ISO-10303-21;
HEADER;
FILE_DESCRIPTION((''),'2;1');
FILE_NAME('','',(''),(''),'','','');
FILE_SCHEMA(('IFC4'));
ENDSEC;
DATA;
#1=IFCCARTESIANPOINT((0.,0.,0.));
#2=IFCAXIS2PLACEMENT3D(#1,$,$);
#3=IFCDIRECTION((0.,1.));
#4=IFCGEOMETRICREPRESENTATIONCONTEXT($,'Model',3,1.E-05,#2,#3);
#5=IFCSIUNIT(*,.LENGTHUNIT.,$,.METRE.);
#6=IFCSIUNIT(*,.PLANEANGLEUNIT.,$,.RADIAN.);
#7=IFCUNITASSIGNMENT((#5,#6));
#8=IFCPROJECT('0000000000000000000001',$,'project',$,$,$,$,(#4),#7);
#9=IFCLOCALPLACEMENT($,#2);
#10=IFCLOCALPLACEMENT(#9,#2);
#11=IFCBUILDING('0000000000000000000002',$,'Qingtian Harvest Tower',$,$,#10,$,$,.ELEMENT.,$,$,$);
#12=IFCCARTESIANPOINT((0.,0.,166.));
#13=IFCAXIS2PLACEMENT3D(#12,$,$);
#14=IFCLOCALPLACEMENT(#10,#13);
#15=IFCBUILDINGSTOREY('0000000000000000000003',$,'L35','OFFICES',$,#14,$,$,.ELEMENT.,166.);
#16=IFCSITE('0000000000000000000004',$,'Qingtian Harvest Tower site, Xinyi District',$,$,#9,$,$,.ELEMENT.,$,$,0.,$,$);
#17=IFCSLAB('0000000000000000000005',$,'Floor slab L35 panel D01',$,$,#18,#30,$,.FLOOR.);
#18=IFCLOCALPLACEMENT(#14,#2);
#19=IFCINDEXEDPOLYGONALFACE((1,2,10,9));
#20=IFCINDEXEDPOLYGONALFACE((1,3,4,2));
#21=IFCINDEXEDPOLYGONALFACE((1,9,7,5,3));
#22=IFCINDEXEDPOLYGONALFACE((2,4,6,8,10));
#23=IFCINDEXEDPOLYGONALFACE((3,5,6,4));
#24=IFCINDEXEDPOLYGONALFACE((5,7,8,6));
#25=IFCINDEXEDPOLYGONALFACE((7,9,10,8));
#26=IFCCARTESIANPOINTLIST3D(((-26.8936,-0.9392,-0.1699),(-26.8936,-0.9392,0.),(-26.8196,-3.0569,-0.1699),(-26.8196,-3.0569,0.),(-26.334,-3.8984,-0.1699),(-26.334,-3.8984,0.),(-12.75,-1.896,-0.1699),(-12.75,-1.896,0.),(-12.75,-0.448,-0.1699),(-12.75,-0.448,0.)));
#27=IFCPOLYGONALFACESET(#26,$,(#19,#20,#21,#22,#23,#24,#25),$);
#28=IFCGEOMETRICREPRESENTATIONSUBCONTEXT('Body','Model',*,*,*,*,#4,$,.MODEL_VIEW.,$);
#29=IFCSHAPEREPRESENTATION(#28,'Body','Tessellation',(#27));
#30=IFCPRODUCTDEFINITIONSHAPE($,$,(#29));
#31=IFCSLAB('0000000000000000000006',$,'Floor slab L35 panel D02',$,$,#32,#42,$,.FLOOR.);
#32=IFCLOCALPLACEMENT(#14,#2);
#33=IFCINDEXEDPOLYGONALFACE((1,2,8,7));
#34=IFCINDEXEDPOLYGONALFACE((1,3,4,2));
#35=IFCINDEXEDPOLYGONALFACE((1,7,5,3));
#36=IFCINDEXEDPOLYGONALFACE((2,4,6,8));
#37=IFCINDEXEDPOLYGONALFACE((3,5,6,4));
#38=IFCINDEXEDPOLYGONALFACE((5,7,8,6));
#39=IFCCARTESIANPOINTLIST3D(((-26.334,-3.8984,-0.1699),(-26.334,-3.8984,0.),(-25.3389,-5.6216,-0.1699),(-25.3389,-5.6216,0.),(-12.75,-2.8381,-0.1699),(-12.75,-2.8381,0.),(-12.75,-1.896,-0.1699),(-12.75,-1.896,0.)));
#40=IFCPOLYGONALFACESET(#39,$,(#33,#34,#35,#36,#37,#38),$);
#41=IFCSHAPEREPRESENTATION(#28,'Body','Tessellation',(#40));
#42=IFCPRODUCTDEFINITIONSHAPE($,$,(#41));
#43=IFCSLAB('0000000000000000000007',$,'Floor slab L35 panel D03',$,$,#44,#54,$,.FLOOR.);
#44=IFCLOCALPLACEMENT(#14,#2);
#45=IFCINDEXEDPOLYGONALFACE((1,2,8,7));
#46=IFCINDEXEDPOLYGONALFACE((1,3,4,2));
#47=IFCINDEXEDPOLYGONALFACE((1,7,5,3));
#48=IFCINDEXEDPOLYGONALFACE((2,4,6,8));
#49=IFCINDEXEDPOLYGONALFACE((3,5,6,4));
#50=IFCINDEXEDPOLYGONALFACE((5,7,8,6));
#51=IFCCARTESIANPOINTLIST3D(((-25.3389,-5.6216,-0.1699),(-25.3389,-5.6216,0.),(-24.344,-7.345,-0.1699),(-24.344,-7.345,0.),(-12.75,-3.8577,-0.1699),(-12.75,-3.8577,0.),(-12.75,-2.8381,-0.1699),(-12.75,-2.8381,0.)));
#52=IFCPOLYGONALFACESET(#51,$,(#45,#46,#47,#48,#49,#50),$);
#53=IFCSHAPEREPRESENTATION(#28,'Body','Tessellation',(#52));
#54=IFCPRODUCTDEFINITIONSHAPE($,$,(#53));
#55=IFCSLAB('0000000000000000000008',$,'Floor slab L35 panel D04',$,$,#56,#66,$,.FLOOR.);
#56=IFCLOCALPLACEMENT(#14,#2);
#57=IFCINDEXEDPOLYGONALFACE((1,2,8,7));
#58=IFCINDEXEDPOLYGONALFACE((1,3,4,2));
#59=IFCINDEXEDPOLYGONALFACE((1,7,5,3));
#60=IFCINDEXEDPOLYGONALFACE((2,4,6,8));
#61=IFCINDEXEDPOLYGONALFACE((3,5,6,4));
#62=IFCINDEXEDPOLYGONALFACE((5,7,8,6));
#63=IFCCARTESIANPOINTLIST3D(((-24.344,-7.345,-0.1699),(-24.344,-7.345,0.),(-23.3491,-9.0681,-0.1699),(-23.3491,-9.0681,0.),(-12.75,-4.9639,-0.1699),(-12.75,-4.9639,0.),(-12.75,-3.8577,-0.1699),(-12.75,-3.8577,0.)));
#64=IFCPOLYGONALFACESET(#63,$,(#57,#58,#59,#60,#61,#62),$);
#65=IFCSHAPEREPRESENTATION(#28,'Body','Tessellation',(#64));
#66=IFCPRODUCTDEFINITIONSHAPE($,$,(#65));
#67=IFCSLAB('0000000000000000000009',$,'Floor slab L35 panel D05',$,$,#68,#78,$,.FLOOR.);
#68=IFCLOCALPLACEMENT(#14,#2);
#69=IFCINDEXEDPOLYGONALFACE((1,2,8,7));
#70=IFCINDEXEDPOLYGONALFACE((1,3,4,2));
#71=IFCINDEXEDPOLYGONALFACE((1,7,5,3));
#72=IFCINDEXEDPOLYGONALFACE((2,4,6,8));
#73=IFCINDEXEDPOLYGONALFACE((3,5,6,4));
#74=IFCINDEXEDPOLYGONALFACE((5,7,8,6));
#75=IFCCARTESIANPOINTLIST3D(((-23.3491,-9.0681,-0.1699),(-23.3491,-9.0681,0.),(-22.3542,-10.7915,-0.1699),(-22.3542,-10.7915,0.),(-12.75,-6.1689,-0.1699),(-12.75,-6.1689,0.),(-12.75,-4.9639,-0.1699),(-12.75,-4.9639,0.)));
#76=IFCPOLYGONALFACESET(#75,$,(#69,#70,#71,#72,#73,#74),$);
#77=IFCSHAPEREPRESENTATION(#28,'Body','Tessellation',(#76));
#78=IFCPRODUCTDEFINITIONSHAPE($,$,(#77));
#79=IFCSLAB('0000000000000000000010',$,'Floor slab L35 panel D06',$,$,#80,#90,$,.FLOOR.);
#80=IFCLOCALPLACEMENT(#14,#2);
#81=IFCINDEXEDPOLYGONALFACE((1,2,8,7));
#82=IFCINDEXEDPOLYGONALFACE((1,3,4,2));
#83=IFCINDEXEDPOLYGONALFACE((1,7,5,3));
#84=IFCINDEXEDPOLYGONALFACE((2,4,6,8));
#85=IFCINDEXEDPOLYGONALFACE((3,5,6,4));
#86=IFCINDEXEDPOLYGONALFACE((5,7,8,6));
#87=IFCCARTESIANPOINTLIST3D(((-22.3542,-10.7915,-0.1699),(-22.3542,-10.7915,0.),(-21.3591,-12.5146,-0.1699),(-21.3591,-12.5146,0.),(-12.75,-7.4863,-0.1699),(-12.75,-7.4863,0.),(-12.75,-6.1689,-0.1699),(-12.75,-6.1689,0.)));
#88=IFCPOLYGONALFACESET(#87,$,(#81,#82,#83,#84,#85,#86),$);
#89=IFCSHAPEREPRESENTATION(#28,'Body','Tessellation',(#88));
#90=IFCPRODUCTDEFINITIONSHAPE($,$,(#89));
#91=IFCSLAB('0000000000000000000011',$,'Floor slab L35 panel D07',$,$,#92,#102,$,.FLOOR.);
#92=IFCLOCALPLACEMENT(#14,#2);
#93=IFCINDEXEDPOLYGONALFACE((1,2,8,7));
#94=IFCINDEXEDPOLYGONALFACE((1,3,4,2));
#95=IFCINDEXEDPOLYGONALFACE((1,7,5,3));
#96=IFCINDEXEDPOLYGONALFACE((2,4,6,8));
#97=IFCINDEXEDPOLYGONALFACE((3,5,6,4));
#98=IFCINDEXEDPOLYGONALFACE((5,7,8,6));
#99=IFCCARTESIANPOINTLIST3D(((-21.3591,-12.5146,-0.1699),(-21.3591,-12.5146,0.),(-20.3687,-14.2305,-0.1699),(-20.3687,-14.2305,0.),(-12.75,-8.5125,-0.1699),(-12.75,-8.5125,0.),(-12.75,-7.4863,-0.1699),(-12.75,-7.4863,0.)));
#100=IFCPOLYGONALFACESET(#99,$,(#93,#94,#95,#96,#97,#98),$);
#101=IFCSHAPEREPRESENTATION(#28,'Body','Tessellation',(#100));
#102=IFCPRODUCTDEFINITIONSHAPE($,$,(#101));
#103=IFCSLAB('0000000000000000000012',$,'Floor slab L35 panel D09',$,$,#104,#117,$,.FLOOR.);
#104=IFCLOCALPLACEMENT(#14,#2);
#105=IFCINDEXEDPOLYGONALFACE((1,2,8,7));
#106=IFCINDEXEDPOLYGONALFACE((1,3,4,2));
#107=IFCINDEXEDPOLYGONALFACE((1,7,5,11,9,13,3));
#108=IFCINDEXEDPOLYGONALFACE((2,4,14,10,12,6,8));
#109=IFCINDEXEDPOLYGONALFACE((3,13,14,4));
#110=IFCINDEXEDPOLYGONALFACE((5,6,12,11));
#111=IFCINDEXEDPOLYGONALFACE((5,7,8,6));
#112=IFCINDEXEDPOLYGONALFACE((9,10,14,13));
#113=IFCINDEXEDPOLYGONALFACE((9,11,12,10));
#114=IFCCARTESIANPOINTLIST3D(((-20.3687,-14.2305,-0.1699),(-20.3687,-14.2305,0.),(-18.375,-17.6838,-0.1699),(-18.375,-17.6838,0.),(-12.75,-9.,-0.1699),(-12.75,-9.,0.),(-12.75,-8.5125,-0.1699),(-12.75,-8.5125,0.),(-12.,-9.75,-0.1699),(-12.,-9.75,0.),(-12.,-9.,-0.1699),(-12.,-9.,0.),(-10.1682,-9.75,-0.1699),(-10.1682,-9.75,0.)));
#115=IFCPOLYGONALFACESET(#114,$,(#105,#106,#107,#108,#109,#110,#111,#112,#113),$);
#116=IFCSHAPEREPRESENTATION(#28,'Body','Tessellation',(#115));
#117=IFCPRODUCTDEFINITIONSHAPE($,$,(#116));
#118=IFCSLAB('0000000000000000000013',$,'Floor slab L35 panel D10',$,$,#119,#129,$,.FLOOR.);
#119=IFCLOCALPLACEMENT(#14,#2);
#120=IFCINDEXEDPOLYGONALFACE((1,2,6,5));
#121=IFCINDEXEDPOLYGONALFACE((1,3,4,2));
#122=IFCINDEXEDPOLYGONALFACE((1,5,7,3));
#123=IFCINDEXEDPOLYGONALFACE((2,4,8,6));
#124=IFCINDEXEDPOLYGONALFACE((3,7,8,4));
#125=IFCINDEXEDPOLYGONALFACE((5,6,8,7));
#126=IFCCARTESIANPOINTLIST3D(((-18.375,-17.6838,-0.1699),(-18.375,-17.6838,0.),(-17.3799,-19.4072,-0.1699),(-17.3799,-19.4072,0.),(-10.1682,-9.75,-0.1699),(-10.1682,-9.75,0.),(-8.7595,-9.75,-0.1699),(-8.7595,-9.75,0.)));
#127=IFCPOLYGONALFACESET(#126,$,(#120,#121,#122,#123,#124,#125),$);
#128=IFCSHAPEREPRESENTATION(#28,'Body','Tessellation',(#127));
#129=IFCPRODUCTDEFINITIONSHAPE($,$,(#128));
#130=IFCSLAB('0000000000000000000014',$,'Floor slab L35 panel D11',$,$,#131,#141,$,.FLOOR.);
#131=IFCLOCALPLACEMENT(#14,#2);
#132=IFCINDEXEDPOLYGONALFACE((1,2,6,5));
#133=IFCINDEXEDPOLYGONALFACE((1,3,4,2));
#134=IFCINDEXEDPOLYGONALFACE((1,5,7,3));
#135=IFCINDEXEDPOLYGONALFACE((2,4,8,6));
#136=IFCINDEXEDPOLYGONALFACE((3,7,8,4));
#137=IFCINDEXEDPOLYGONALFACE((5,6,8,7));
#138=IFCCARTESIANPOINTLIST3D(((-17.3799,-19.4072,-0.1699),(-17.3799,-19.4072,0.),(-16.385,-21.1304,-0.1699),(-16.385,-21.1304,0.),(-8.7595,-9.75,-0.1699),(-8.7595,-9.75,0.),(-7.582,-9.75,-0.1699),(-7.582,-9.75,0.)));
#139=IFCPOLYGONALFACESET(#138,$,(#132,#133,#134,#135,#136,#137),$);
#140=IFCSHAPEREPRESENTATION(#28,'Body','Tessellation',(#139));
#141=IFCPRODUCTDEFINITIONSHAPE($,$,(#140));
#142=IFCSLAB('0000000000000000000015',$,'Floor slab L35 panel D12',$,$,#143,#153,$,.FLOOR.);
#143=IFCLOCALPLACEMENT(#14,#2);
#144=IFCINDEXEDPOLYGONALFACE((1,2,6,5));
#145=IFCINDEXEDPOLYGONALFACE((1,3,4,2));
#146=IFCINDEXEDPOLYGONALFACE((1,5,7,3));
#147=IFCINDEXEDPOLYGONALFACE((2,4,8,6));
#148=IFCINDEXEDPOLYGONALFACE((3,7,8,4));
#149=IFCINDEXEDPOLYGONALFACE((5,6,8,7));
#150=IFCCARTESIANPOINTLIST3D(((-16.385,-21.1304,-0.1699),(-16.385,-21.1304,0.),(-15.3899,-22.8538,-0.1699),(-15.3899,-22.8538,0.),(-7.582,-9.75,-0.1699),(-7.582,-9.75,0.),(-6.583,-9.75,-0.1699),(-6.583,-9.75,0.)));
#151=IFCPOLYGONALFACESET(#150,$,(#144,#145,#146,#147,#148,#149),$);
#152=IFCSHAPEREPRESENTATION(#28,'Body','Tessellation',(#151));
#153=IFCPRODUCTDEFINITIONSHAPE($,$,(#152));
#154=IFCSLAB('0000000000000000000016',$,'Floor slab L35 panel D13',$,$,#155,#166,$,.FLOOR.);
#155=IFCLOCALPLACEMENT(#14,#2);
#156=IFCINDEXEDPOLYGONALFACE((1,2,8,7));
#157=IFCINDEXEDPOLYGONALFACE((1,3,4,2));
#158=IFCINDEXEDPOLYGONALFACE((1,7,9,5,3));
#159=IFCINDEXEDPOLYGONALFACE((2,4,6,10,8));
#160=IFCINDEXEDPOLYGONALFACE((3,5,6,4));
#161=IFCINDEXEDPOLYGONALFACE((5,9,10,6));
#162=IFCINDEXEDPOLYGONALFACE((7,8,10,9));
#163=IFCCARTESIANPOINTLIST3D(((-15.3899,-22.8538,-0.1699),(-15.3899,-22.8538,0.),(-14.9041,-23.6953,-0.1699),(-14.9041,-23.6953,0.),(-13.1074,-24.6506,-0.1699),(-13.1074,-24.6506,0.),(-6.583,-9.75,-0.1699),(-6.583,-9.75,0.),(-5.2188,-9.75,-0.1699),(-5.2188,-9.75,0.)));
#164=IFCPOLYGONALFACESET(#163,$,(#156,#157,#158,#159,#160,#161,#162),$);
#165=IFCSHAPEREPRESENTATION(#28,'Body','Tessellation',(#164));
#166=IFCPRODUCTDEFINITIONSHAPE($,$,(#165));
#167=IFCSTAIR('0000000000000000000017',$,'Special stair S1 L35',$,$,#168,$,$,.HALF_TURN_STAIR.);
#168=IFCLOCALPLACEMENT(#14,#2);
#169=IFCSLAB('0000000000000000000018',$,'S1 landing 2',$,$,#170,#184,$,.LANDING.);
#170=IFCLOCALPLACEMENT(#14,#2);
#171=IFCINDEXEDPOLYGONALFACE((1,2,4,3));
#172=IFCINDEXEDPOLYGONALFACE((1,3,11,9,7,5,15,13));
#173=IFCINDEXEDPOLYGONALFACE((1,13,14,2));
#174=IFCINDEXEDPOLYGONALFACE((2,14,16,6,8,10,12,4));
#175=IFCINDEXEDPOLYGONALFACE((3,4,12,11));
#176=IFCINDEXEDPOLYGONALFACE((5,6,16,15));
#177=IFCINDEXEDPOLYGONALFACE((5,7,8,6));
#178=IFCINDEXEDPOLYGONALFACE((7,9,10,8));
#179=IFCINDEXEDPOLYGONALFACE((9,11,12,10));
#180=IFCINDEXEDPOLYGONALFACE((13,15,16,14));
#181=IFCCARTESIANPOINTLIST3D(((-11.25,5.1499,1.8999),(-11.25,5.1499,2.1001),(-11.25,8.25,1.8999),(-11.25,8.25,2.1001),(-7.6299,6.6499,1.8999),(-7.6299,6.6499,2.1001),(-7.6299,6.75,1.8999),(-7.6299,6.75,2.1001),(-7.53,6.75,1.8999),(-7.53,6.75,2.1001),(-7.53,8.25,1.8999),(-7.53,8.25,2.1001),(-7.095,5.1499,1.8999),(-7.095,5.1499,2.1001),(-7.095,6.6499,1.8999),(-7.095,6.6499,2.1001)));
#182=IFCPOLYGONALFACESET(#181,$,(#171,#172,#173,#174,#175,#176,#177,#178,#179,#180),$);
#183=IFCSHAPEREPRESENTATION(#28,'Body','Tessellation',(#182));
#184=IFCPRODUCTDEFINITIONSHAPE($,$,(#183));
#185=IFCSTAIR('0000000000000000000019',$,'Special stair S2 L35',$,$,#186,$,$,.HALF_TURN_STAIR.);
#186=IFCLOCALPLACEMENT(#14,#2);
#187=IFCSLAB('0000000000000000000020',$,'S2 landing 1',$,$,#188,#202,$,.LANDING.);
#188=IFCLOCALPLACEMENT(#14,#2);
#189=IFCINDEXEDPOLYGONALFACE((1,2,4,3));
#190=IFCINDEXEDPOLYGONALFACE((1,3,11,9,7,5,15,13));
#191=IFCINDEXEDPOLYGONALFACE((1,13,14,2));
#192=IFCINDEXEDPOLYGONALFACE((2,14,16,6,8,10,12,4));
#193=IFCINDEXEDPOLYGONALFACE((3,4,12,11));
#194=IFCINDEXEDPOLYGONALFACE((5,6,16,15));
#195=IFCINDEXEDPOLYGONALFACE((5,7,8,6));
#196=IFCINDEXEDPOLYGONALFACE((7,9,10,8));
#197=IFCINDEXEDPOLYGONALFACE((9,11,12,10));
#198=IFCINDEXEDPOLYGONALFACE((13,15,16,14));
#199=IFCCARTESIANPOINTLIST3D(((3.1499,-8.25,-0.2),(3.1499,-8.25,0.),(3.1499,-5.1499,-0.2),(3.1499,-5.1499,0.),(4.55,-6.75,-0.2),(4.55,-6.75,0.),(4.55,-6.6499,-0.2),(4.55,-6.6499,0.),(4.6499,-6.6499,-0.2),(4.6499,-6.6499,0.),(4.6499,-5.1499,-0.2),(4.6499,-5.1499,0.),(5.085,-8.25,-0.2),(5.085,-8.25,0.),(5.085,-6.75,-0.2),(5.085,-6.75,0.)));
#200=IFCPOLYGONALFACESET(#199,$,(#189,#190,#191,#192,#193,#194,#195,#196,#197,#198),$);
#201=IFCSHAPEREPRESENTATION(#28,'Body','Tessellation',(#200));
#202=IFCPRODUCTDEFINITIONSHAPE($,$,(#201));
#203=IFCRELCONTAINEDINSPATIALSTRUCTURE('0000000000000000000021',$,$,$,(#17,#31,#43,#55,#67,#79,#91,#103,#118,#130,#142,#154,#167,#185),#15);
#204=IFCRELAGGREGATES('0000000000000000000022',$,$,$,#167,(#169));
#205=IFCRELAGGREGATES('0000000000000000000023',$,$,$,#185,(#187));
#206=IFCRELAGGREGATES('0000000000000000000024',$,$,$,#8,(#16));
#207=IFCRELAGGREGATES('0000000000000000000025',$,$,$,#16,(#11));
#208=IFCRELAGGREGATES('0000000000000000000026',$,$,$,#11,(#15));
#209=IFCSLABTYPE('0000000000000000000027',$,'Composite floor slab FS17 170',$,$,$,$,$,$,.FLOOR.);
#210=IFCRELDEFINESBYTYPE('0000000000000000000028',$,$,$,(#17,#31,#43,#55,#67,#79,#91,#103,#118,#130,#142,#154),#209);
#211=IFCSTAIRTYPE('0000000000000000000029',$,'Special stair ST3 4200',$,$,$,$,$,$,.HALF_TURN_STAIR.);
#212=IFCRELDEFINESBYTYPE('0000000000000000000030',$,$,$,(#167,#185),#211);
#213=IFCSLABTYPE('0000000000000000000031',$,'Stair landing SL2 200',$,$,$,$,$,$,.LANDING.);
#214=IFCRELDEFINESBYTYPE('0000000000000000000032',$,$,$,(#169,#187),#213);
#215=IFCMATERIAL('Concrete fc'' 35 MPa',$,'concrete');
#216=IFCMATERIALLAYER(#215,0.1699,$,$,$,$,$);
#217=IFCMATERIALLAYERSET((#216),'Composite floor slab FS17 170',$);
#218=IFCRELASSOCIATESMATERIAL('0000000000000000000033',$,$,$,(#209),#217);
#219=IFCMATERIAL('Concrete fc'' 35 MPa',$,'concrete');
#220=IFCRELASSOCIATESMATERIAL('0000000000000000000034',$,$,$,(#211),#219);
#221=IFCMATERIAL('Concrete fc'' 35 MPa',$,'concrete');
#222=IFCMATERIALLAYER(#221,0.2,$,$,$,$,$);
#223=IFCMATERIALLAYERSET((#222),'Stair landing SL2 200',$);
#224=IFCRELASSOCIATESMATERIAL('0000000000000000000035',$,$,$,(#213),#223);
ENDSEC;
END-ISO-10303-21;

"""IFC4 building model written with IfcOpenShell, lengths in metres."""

from ifc_helpers import new_model, si_unit, direction, frame, origin, place, context, subcontext, project, spatial, polyline, outline, extrude, material, layer, layer_set, type_object, element, aggregate, save


model = new_model("IFC4")

# Units and contexts
model_context = context("Model", 3, precision=1e-05, world=origin(), true_north=direction((0.0, 1.0)))
body_context = subcontext(model_context, "Body", "Model", "MODEL_VIEW")
ifc_project = project(units=[si_unit("LENGTHUNIT", "METRE"), si_unit("PLANEANGLEUNIT", "RADIAN")], contexts=[model_context])

# Site, building, storey
site_placement = place(None, origin())
site = spatial("IfcSite", under=ifc_project, at=site_placement, Name="Qingtian Harvest Tower site, Xinyi District", CompositionType="ELEMENT", RefElevation=0.0)
building_placement = place(site_placement, origin())
building = spatial("IfcBuilding", under=site, at=building_placement, Name="Qingtian Harvest Tower", CompositionType="ELEMENT")
storey_placement = place(building_placement, frame((0.0, 0.0, 166.0)))
storey = spatial("IfcBuildingStorey", under=building, at=storey_placement, Name="L35", Description="OFFICES", CompositionType="ELEMENT", Elevation=166.0)

# Slabs
ifc_material_1 = material(Name="Concrete fc' 35 MPa", Category="concrete")
ifc_layer_1 = layer(ifc_material_1, 0.1699)
ifc_layer_set_1 = layer_set([ifc_layer_1], Name="Composite floor slab FS17 170")
slab_type_1 = type_object("IfcSlabType", Name="Composite floor slab FS17 170", PredefinedType="FLOOR", material=ifc_layer_set_1)
slab_1_placement = place(storey_placement, frame((0.0, 0.0, -0.1699)))
element("IfcSlab", 1, at=slab_1_placement, inside=storey, type_object=slab_type_1, Name="Floor slab L35 panel D01", PredefinedType="FLOOR", context=body_context, shape_type="SweptSolid", body=[
    extrude(outline(polyline([(-26.8936, -0.9392), (-12.75, -0.448), (-12.75, -1.896), (-26.334, -3.8984), (-26.8196, -3.0569), (-26.8936, -0.9392)])), origin(), (0.0, 0.0, 1.0), 0.1699),
])
slab_2_placement = place(storey_placement, frame((0.0, 0.0, -0.1699)))
element("IfcSlab", 2, at=slab_2_placement, inside=storey, type_object=slab_type_1, Name="Floor slab L35 panel D02", PredefinedType="FLOOR", context=body_context, shape_type="SweptSolid", body=[
    extrude(outline(polyline([(-12.75, -2.8381), (-25.3389, -5.6216), (-26.334, -3.8984), (-12.75, -1.896), (-12.75, -2.8381)])), origin(), (0.0, 0.0, 1.0), 0.1699),
])
slab_3_placement = place(storey_placement, frame((0.0, 0.0, -0.1699)))
element("IfcSlab", 3, at=slab_3_placement, inside=storey, type_object=slab_type_1, Name="Floor slab L35 panel D03", PredefinedType="FLOOR", context=body_context, shape_type="SweptSolid", body=[
    extrude(outline(polyline([(-12.75, -3.8577), (-24.344, -7.345), (-25.3389, -5.6216), (-12.75, -2.8381), (-12.75, -3.8577)])), origin(), (0.0, 0.0, 1.0), 0.1699),
])
slab_4_placement = place(storey_placement, frame((0.0, 0.0, -0.1699)))
element("IfcSlab", 4, at=slab_4_placement, inside=storey, type_object=slab_type_1, Name="Floor slab L35 panel D04", PredefinedType="FLOOR", context=body_context, shape_type="SweptSolid", body=[
    extrude(outline(polyline([(-12.75, -4.9639), (-23.3491, -9.0681), (-24.344, -7.345), (-12.75, -3.8577), (-12.75, -4.9639)])), origin(), (0.0, 0.0, 1.0), 0.1699),
])
slab_5_placement = place(storey_placement, frame((0.0, 0.0, -0.1699)))
element("IfcSlab", 5, at=slab_5_placement, inside=storey, type_object=slab_type_1, Name="Floor slab L35 panel D05", PredefinedType="FLOOR", context=body_context, shape_type="SweptSolid", body=[
    extrude(outline(polyline([(-12.75, -6.1689), (-22.3542, -10.7915), (-23.3491, -9.0681), (-12.75, -4.9639), (-12.75, -6.1689)])), origin(), (0.0, 0.0, 1.0), 0.1699),
])
slab_6_placement = place(storey_placement, frame((0.0, 0.0, -0.1699)))
element("IfcSlab", 6, at=slab_6_placement, inside=storey, type_object=slab_type_1, Name="Floor slab L35 panel D06", PredefinedType="FLOOR", context=body_context, shape_type="SweptSolid", body=[
    extrude(outline(polyline([(-12.75, -7.4863), (-21.3591, -12.5146), (-22.3542, -10.7915), (-12.75, -6.1689), (-12.75, -7.4863)])), origin(), (0.0, 0.0, 1.0), 0.1699),
])
slab_7_placement = place(storey_placement, frame((0.0, 0.0, -0.1699)))
element("IfcSlab", 7, at=slab_7_placement, inside=storey, type_object=slab_type_1, Name="Floor slab L35 panel D07", PredefinedType="FLOOR", context=body_context, shape_type="SweptSolid", body=[
    extrude(outline(polyline([(-12.75, -8.5125), (-20.3687, -14.2305), (-21.3591, -12.5146), (-12.75, -7.4863), (-12.75, -8.5125)])), origin(), (0.0, 0.0, 1.0), 0.1699),
])
slab_8_placement = place(storey_placement, frame((0.0, 0.0, -0.1699)))
element("IfcSlab", 8, at=slab_8_placement, inside=storey, type_object=slab_type_1, Name="Floor slab L35 panel D09", PredefinedType="FLOOR", context=body_context, shape_type="SweptSolid", body=[
    extrude(outline(polyline([(-18.375, -17.6838), (-20.3687, -14.2305), (-12.75, -8.5125), (-12.75, -9.0), (-12.0, -9.0), (-12.0, -9.75), (-10.1682, -9.75), (-18.375, -17.6838)])), origin(), (0.0, 0.0, 1.0), 0.1699),
])
slab_9_placement = place(storey_placement, frame((0.0, 0.0, -0.1699)))
element("IfcSlab", 9, at=slab_9_placement, inside=storey, type_object=slab_type_1, Name="Floor slab L35 panel D10", PredefinedType="FLOOR", context=body_context, shape_type="SweptSolid", body=[
    extrude(outline(polyline([(-8.7595, -9.75), (-17.3799, -19.4072), (-18.375, -17.6838), (-10.1682, -9.75), (-8.7595, -9.75)])), origin(), (0.0, 0.0, 1.0), 0.1699),
])
slab_10_placement = place(storey_placement, frame((0.0, 0.0, -0.1699)))
element("IfcSlab", 10, at=slab_10_placement, inside=storey, type_object=slab_type_1, Name="Floor slab L35 panel D11", PredefinedType="FLOOR", context=body_context, shape_type="SweptSolid", body=[
    extrude(outline(polyline([(-7.582, -9.75), (-16.385, -21.1304), (-17.3799, -19.4072), (-8.7595, -9.75), (-7.582, -9.75)])), origin(), (0.0, 0.0, 1.0), 0.1699),
])
slab_11_placement = place(storey_placement, frame((0.0, 0.0, -0.1699)))
element("IfcSlab", 11, at=slab_11_placement, inside=storey, type_object=slab_type_1, Name="Floor slab L35 panel D12", PredefinedType="FLOOR", context=body_context, shape_type="SweptSolid", body=[
    extrude(outline(polyline([(-6.583, -9.75), (-15.3899, -22.8538), (-16.385, -21.1304), (-7.582, -9.75), (-6.583, -9.75)])), origin(), (0.0, 0.0, 1.0), 0.1699),
])
slab_12_placement = place(storey_placement, frame((0.0, 0.0, -0.1699)))
element("IfcSlab", 12, at=slab_12_placement, inside=storey, type_object=slab_type_1, Name="Floor slab L35 panel D13", PredefinedType="FLOOR", context=body_context, shape_type="SweptSolid", body=[
    extrude(outline(polyline([(-6.583, -9.75), (-5.2188, -9.75), (-13.1074, -24.6506), (-14.9041, -23.6953), (-15.3899, -22.8538), (-6.583, -9.75)])), origin(), (0.0, 0.0, 1.0), 0.1699),
])

# Stair, slab
ifc_material_2 = material(Name="Concrete fc' 35 MPa", Category="concrete")
stair_type = type_object("IfcStairType", Name="Special stair ST3 4200", PredefinedType="HALF_TURN_STAIR", material=ifc_material_2)
stair_1_placement = place(storey_placement, origin())
stair_1 = element("IfcStair", 13, at=stair_1_placement, inside=storey, type_object=stair_type, Name="Special stair S1 L35", PredefinedType="HALF_TURN_STAIR")
ifc_material_3 = material(Name="Concrete fc' 35 MPa", Category="concrete")
ifc_layer_2 = layer(ifc_material_3, 0.2)
ifc_layer_set_2 = layer_set([ifc_layer_2], Name="Stair landing SL2 200")
slab_type_2 = type_object("IfcSlabType", Name="Stair landing SL2 200", PredefinedType="LANDING", material=ifc_layer_set_2)
slab_13_placement = place(storey_placement, frame((0.0, 0.0, 1.8999)))
slab_13 = element("IfcSlab", 14, at=slab_13_placement, type_object=slab_type_2, Name="S1 landing 2", PredefinedType="LANDING", context=body_context, shape_type="SweptSolid", body=[
    extrude(outline(polyline([(-7.095, 5.1499), (-11.25, 5.1499), (-11.25, 8.25), (-7.53, 8.25), (-7.53, 6.75), (-7.6299, 6.75), (-7.6299, 6.6499), (-7.095, 6.6499), (-7.095, 5.1499)])), origin(), (0.0, 0.0, 1.0), 0.2002),
])
aggregate(stair_1, [slab_13])

# Stair, slab
stair_2_placement = place(storey_placement, origin())
stair_2 = element("IfcStair", 15, at=stair_2_placement, inside=storey, type_object=stair_type, Name="Special stair S2 L35", PredefinedType="HALF_TURN_STAIR")
slab_14_placement = place(storey_placement, frame((0.0, 0.0, -0.2)))
slab_14 = element("IfcSlab", 16, at=slab_14_placement, type_object=slab_type_2, Name="S2 landing 1", PredefinedType="LANDING", context=body_context, shape_type="SweptSolid", body=[
    extrude(outline(polyline([(5.085, -8.25), (3.1499, -8.25), (3.1499, -5.1499), (4.6499, -5.1499), (4.6499, -6.6499), (4.55, -6.6499), (4.55, -6.75), (5.085, -6.75), (5.085, -8.25)])), origin(), (0.0, 0.0, 1.0), 0.2),
])
aggregate(stair_2, [slab_14])

save(model, "model.ifc")
